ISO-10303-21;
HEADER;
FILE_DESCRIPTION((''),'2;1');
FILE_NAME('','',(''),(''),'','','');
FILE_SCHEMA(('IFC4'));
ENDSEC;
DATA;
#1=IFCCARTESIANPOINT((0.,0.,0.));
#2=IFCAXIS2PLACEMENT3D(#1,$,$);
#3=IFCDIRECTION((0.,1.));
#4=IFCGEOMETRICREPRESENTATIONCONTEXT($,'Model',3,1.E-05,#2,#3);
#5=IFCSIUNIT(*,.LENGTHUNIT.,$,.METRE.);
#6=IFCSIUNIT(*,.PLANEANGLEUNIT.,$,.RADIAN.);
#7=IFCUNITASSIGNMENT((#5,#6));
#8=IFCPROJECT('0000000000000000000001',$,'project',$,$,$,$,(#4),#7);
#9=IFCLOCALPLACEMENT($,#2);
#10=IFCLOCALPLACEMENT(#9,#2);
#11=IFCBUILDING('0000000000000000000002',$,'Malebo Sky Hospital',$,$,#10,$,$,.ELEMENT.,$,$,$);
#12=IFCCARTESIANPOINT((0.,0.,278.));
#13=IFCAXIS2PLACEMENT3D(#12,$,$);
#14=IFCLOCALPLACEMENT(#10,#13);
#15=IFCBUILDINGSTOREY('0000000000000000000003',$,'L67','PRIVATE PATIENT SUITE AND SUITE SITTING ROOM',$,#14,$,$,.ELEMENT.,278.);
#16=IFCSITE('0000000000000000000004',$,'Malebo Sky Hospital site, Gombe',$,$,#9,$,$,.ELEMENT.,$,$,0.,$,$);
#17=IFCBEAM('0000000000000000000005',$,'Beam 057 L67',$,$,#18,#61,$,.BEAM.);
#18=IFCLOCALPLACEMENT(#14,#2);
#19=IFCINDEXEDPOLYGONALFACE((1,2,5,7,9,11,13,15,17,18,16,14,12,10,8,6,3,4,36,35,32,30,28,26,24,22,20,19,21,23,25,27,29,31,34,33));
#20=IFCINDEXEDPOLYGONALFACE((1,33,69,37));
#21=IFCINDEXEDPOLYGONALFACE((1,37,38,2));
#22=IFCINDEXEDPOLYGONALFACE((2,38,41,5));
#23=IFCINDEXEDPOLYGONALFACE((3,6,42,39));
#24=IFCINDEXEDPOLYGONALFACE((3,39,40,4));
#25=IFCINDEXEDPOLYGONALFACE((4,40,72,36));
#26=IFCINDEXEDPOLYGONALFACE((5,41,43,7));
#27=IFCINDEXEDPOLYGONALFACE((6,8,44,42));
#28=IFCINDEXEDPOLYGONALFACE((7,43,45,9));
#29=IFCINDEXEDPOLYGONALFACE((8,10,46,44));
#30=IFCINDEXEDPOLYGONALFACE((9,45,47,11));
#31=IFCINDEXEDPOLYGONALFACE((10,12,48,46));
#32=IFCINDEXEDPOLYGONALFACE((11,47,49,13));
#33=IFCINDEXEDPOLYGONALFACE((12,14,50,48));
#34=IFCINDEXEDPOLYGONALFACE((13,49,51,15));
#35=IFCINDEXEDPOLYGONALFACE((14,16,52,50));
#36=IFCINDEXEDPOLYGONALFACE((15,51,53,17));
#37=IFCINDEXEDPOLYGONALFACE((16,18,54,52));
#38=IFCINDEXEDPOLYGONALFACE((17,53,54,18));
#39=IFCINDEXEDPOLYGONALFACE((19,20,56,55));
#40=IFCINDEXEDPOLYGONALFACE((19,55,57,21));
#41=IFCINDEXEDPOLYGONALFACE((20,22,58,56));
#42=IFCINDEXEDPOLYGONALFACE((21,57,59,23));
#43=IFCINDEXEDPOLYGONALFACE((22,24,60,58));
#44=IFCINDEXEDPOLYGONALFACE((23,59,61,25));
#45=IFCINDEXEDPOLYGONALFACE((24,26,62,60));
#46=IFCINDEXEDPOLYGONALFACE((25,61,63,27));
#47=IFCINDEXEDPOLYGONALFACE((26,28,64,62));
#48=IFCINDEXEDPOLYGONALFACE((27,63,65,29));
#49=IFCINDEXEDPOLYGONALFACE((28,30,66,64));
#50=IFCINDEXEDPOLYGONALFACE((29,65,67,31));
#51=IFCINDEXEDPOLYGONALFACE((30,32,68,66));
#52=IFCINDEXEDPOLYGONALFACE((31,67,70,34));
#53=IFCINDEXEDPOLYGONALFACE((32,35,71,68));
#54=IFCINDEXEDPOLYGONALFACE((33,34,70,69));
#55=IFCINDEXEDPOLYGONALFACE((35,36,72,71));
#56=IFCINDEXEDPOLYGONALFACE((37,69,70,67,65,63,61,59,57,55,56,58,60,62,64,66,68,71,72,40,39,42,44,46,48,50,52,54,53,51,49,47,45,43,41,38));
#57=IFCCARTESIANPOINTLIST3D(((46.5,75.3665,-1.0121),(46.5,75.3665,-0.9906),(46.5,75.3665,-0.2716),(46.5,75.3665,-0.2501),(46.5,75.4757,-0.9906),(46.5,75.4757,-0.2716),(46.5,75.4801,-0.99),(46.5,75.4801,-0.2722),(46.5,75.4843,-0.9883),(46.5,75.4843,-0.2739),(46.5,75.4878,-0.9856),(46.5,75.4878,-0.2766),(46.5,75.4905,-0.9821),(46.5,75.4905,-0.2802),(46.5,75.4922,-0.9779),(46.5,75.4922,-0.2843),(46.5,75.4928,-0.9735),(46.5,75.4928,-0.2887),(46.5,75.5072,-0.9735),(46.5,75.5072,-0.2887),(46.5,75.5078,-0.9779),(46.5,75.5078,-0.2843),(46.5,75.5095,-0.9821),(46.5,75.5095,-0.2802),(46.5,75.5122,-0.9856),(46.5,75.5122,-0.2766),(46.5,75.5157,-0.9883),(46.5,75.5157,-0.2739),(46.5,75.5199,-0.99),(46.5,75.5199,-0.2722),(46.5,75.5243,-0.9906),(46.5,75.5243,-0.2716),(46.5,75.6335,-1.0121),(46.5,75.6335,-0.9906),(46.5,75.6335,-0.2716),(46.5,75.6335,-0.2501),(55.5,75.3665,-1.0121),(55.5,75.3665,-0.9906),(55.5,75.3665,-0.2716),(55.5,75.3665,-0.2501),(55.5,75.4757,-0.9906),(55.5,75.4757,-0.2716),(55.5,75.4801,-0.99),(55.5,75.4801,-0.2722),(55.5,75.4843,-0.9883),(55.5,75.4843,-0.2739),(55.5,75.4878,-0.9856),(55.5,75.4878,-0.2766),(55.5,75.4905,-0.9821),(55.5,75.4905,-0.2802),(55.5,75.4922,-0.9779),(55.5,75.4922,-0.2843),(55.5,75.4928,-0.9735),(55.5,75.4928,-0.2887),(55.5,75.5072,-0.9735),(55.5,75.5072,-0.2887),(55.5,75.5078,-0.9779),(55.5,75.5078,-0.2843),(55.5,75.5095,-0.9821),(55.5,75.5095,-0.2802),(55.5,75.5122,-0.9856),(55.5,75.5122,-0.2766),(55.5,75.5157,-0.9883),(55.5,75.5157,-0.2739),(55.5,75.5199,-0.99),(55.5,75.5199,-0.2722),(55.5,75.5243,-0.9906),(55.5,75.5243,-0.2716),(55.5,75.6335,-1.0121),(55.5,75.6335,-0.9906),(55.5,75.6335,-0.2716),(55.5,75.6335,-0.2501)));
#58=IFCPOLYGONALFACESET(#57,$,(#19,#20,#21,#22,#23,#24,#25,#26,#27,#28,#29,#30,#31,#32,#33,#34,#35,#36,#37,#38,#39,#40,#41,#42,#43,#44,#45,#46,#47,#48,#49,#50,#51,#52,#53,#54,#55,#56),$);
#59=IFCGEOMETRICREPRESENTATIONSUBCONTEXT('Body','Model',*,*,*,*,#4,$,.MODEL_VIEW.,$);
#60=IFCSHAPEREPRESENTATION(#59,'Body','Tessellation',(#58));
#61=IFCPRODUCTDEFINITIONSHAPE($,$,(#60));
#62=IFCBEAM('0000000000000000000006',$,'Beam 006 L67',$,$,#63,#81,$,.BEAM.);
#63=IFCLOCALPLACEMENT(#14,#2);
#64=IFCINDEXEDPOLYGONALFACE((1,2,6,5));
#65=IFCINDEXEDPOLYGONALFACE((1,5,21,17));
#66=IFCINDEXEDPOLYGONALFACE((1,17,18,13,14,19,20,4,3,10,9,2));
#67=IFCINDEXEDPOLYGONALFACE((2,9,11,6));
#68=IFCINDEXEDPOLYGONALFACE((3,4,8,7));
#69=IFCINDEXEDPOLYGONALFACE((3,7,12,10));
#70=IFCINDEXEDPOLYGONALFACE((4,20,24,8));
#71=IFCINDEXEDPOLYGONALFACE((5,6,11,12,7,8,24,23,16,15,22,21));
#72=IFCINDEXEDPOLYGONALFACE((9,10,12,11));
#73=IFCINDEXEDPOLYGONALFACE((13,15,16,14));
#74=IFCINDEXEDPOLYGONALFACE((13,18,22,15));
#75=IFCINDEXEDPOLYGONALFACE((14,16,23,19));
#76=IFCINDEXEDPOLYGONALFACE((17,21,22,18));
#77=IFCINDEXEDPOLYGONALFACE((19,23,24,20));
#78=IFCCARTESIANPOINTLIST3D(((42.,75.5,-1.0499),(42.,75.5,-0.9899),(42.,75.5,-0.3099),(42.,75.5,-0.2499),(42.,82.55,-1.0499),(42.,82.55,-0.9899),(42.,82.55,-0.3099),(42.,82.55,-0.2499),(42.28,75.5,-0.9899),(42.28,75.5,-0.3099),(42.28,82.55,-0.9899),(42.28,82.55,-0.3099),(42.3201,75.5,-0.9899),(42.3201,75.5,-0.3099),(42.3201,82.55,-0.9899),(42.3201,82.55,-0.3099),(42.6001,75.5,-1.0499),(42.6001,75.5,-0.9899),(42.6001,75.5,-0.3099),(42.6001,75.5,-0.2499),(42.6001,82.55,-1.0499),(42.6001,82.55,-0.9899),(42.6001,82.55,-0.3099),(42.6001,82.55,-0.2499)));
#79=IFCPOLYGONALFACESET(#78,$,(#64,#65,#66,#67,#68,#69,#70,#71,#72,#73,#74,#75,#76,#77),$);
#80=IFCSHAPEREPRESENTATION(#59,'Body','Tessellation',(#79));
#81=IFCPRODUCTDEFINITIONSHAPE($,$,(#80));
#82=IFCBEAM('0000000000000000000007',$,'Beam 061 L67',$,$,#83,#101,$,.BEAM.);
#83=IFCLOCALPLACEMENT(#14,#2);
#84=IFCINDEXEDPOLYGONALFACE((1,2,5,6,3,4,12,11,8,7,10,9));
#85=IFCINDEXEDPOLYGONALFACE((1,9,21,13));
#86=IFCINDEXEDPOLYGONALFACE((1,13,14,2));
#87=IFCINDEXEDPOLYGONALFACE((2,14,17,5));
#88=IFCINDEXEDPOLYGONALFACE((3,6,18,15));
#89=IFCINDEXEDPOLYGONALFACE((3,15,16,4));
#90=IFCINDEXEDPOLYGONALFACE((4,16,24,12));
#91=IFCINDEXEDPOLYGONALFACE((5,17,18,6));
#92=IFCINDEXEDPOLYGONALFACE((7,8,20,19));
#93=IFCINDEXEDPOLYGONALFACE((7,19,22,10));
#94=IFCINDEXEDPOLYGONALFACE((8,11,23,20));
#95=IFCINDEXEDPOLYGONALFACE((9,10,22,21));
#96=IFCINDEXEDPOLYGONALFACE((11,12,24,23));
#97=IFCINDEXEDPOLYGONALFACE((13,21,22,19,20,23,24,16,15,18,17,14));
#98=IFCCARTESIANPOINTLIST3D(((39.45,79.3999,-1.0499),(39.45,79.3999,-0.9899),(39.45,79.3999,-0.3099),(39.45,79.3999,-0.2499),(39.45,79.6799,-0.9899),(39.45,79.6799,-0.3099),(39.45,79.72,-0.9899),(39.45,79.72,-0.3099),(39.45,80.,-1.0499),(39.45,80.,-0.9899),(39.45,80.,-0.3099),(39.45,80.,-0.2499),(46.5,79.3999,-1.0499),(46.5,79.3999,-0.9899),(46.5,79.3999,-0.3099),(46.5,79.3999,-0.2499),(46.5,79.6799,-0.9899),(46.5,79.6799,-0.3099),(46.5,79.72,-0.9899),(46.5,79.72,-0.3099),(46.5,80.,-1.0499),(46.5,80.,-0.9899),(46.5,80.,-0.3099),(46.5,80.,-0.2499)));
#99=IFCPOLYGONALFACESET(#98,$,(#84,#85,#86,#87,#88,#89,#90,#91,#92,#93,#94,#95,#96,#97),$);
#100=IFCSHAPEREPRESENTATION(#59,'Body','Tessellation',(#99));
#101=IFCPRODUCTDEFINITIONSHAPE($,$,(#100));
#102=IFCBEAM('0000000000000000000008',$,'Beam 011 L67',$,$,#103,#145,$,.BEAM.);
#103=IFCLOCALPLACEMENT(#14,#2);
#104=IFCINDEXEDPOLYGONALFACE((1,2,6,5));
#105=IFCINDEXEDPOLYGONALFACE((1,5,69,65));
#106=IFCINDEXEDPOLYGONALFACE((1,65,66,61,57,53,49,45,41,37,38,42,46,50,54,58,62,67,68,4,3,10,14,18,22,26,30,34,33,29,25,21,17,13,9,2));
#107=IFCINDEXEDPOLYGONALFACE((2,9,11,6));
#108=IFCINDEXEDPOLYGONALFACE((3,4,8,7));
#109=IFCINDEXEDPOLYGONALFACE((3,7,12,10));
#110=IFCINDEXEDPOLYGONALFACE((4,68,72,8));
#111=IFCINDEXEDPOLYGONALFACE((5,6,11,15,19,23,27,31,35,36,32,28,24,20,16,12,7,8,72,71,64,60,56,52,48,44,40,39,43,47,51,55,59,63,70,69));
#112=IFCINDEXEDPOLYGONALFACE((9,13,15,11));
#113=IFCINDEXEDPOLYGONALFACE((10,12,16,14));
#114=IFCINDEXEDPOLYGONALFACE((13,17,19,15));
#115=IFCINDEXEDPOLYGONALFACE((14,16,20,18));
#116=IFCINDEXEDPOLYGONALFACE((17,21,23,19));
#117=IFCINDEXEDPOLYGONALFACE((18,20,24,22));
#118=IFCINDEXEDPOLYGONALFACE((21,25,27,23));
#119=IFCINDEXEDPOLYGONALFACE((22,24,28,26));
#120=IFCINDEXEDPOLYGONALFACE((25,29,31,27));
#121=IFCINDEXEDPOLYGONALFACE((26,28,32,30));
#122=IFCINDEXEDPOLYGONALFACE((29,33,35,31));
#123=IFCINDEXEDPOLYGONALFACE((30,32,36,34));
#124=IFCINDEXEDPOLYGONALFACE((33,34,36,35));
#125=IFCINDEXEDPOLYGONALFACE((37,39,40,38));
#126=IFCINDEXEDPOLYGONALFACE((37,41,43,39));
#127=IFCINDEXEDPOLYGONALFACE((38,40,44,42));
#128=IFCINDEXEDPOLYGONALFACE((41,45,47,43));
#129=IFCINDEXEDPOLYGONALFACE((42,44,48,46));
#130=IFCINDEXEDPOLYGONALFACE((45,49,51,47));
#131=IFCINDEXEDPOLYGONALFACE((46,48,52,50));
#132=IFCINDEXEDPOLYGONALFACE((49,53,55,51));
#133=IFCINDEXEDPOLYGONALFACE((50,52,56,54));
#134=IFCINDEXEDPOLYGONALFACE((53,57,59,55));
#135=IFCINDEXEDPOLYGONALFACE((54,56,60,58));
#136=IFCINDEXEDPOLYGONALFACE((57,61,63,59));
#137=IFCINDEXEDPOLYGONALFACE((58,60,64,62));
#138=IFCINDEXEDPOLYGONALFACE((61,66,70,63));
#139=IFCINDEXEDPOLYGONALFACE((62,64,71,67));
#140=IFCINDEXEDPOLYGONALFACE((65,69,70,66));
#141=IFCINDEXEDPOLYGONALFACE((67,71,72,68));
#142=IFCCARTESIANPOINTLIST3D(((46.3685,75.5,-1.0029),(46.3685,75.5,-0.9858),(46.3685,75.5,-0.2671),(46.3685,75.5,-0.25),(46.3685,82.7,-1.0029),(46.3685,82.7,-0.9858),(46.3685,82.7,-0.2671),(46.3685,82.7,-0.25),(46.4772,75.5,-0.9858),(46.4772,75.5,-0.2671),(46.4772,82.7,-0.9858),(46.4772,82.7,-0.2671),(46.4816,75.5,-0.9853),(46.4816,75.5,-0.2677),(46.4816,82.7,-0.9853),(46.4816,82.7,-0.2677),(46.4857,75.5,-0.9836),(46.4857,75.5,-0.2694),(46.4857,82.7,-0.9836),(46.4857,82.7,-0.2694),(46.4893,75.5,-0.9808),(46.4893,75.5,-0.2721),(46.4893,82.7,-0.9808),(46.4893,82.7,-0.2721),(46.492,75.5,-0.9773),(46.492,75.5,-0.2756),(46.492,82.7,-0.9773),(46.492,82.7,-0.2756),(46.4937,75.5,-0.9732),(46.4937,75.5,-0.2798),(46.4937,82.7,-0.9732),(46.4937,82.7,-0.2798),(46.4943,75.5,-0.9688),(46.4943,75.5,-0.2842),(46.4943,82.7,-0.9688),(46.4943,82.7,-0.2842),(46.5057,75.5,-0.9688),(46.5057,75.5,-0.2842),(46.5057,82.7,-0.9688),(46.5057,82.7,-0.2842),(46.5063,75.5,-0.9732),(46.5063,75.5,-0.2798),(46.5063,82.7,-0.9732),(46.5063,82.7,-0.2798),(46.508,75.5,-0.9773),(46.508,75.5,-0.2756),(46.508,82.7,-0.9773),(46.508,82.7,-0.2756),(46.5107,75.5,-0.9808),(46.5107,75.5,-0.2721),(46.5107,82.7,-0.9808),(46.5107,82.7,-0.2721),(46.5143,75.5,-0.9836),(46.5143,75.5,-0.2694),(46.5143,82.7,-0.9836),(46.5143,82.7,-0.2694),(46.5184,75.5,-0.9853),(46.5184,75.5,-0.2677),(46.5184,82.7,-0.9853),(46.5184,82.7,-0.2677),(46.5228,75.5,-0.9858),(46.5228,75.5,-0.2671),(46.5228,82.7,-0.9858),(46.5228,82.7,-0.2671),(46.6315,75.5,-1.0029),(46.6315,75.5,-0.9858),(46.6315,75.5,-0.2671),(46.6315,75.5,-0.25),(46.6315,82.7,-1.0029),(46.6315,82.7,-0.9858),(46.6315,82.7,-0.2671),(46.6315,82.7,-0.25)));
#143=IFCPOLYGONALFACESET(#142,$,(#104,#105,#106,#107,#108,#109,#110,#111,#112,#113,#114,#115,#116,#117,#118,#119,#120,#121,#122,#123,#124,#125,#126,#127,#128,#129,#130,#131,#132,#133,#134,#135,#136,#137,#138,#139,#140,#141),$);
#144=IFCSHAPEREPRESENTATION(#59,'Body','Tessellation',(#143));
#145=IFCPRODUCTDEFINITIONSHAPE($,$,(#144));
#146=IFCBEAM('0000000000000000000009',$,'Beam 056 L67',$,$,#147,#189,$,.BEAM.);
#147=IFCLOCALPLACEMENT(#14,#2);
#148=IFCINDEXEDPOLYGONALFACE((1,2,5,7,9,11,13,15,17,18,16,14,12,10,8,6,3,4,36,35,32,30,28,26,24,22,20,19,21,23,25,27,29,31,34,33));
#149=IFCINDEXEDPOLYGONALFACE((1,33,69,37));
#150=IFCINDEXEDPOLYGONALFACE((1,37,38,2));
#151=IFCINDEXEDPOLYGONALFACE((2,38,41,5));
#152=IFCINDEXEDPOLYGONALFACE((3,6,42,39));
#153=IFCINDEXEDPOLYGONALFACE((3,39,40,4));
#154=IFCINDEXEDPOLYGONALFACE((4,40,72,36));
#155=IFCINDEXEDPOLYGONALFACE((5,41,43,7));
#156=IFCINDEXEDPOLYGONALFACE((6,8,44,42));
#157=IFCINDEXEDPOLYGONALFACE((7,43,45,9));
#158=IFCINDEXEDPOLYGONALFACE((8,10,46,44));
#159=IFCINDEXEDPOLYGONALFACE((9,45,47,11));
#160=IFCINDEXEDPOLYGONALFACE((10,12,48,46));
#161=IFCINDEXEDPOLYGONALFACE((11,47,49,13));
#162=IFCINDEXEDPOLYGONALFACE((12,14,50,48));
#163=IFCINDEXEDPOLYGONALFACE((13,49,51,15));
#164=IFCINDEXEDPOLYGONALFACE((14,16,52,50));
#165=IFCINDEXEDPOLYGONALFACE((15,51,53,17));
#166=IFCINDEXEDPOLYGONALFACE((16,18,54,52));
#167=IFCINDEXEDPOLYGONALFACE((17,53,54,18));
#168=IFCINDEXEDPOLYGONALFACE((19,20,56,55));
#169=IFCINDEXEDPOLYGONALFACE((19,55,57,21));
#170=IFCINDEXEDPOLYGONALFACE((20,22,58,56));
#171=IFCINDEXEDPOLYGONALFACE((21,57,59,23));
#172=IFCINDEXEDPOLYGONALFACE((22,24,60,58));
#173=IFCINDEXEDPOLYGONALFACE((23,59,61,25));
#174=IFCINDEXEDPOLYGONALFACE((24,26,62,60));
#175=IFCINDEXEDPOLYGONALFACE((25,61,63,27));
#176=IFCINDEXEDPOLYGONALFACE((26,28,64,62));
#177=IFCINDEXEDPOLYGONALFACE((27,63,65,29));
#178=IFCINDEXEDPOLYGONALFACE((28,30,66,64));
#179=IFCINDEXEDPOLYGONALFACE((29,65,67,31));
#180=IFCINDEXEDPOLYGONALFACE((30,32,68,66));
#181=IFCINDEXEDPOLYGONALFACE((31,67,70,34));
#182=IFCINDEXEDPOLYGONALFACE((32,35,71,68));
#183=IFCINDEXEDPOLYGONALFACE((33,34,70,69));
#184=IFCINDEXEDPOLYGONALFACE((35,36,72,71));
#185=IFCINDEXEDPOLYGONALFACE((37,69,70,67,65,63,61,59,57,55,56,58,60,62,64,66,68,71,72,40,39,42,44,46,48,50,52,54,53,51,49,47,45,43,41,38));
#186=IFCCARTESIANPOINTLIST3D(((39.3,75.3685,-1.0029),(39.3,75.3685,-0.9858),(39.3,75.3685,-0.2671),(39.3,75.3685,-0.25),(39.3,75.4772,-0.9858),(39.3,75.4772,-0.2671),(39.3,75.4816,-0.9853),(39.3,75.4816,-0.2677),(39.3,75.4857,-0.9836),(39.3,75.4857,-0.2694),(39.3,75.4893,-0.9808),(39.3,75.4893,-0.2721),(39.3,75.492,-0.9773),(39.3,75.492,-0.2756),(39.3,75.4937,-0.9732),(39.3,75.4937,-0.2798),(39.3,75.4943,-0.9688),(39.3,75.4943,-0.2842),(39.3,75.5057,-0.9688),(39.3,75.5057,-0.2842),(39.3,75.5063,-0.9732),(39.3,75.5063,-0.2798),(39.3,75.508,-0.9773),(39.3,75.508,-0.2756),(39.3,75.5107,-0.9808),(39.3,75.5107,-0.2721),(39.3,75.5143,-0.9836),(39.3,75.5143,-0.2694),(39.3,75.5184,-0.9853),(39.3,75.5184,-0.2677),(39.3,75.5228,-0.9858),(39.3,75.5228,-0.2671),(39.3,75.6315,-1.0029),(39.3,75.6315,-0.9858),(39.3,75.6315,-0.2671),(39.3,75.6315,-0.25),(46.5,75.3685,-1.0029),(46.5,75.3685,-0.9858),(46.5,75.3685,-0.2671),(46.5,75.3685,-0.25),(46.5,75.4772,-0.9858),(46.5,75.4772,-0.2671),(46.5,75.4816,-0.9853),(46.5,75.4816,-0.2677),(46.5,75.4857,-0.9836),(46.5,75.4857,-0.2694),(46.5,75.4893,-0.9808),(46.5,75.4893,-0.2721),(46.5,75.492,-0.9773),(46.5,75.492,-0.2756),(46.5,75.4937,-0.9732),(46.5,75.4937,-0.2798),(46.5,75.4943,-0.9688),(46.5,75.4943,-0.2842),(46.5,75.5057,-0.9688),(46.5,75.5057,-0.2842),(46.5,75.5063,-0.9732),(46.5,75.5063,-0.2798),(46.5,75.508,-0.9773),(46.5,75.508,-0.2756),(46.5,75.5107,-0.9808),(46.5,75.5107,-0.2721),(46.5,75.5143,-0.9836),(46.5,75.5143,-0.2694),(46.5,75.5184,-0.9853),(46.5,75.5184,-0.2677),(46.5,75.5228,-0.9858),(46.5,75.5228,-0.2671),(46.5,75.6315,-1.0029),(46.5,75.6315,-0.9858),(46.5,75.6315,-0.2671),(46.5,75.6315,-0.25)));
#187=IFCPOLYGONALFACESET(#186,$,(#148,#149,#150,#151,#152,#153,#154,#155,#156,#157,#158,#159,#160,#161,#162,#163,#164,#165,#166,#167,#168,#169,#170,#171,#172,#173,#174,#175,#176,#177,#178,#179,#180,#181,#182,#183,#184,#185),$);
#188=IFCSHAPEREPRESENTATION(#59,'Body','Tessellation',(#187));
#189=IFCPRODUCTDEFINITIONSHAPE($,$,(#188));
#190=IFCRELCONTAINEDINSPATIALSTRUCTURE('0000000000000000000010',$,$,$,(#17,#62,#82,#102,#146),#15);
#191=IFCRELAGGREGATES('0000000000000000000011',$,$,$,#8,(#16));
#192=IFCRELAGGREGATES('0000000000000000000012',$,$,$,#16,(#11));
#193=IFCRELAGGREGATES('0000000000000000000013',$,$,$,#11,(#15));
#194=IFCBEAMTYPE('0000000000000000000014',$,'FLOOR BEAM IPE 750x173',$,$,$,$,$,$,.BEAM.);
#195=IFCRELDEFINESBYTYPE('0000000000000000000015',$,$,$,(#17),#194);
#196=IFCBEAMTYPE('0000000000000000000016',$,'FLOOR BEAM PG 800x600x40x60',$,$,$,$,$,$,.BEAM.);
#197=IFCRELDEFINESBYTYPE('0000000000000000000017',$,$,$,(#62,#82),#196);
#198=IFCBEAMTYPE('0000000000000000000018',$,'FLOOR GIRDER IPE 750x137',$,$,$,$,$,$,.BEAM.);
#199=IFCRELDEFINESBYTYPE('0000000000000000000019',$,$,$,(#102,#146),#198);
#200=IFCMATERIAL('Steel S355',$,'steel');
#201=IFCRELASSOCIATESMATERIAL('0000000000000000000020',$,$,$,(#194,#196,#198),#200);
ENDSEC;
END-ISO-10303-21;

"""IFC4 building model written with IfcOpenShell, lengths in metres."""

from ifc_helpers import new_model, si_unit, direction, frame, origin, origin_2d, place, context, subcontext, project, spatial, i_section, extrude, material, material_profile, profile_set, type_object, element, save


model = new_model("IFC4")

# Units and contexts
model_context = context("Model", 3, precision=1e-05, world=origin(), true_north=direction((0.0, 1.0)))
body_context = subcontext(model_context, "Body", "Model", "MODEL_VIEW")
ifc_project = project(units=[si_unit("LENGTHUNIT", "METRE"), si_unit("PLANEANGLEUNIT", "RADIAN")], contexts=[model_context])

# Site, building, storey
site_placement = place(None, origin())
site = spatial("IfcSite", under=ifc_project, at=site_placement, Name="Malebo Sky Hospital site, Gombe", CompositionType="ELEMENT", RefElevation=0.0)
building_placement = place(site_placement, origin())
building = spatial("IfcBuilding", under=site, at=building_placement, Name="Malebo Sky Hospital", CompositionType="ELEMENT")
storey_placement = place(building_placement, frame((0.0, 0.0, 278.0)))
storey = spatial("IfcBuildingStorey", under=building, at=storey_placement, Name="L67", Description="PRIVATE PATIENT SUITE AND SUITE SITTING ROOM", CompositionType="ELEMENT", Elevation=278.0)

# Beams
ifc_material_1 = material(Name="Steel S355", Category="steel")
ifc_material_profile_1 = material_profile(ifc_material_1, i_section(OverallWidth=0.2671, OverallDepth=0.762, WebThickness=0.0144, FlangeThickness=0.0215, FilletRadius=0.0171, at=origin_2d()), Name="IPE 750x173")
ifc_profile_set_1 = profile_set([ifc_material_profile_1], Name="Steel S355")
beam_type_1 = type_object("IfcBeamType", Name="FLOOR BEAM IPE 750x173", PredefinedType="BEAM", material=ifc_profile_set_1)
beam_1_placement = place(storey_placement, frame((46.5, 75.5, -0.6311), z_axis=(1.0, 0.0, 0.0), x_axis=(0.0, 1.0, 0.0)))
element("IfcBeam", 1, at=beam_1_placement, inside=storey, type_object=beam_type_1, Name="Beam 057 L67", PredefinedType="BEAM", context=body_context, shape_type="SweptSolid", body=[
    extrude(i_section(OverallWidth=0.2671, OverallDepth=0.762, WebThickness=0.0144, FlangeThickness=0.0215, FilletRadius=0.0171, at=origin_2d()), origin(), (0.0, 0.0, 1.0), 9.0),
])
ifc_material_profile_2 = material_profile(ifc_material_1, i_section(OverallWidth=0.6001, OverallDepth=0.8, WebThickness=0.04, FlangeThickness=0.0601, at=origin_2d()), Name="PG 800x600x40x60")
ifc_profile_set_2 = profile_set([ifc_material_profile_2], Name="Steel S355")
beam_type_2 = type_object("IfcBeamType", Name="FLOOR BEAM PG 800x600x40x60", PredefinedType="BEAM", material=ifc_profile_set_2)
for number, where, z_axis, x_axis, name in (
    (2, (42.3, 75.5, -0.6499), (0.0, 1.0, 0.0), (-1.0, 0.0, 0.0), "Beam 006 L67"),
    (3, (39.45, 79.7, -0.6499), (1.0, 0.0, 0.0), (0.0, 1.0, 0.0), "Beam 061 L67"),
):
    element("IfcBeam", number, at=place(storey_placement, frame(where, z_axis=z_axis, x_axis=x_axis)), inside=storey, type_object=beam_type_2, Name=name, PredefinedType="BEAM", context=body_context, shape_type="SweptSolid", body=[
        extrude(i_section(OverallWidth=0.6001, OverallDepth=0.8, WebThickness=0.04, FlangeThickness=0.0601, at=origin_2d()), origin(), (0.0, 0.0, 1.0), 7.05),
    ])
ifc_material_profile_3 = material_profile(ifc_material_1, i_section(OverallWidth=0.2629, OverallDepth=0.7529, WebThickness=0.0115, FlangeThickness=0.0171, FilletRadius=0.0171, at=origin_2d()), Name="IPE 750x137")
ifc_profile_set_3 = profile_set([ifc_material_profile_3], Name="Steel S355")
beam_type_3 = type_object("IfcBeamType", Name="FLOOR GIRDER IPE 750x137", PredefinedType="BEAM", material=ifc_profile_set_3)
for number, where, z_axis, x_axis, name in (
    (4, (46.5, 75.5, -0.6265), (0.0, 1.0, 0.0), (-1.0, 0.0, 0.0), "Beam 011 L67"),
    (5, (39.3, 75.5, -0.6265), (1.0, 0.0, 0.0), (0.0, 1.0, 0.0), "Beam 056 L67"),
):
    element("IfcBeam", number, at=place(storey_placement, frame(where, z_axis=z_axis, x_axis=x_axis)), inside=storey, type_object=beam_type_3, Name=name, PredefinedType="BEAM", context=body_context, shape_type="SweptSolid", body=[
        extrude(i_section(OverallWidth=0.2629, OverallDepth=0.7529, WebThickness=0.0115, FlangeThickness=0.0171, FilletRadius=0.0171, at=origin_2d()), origin(), (0.0, 0.0, 1.0), 7.2),
    ])

save(model, "model.ifc")
